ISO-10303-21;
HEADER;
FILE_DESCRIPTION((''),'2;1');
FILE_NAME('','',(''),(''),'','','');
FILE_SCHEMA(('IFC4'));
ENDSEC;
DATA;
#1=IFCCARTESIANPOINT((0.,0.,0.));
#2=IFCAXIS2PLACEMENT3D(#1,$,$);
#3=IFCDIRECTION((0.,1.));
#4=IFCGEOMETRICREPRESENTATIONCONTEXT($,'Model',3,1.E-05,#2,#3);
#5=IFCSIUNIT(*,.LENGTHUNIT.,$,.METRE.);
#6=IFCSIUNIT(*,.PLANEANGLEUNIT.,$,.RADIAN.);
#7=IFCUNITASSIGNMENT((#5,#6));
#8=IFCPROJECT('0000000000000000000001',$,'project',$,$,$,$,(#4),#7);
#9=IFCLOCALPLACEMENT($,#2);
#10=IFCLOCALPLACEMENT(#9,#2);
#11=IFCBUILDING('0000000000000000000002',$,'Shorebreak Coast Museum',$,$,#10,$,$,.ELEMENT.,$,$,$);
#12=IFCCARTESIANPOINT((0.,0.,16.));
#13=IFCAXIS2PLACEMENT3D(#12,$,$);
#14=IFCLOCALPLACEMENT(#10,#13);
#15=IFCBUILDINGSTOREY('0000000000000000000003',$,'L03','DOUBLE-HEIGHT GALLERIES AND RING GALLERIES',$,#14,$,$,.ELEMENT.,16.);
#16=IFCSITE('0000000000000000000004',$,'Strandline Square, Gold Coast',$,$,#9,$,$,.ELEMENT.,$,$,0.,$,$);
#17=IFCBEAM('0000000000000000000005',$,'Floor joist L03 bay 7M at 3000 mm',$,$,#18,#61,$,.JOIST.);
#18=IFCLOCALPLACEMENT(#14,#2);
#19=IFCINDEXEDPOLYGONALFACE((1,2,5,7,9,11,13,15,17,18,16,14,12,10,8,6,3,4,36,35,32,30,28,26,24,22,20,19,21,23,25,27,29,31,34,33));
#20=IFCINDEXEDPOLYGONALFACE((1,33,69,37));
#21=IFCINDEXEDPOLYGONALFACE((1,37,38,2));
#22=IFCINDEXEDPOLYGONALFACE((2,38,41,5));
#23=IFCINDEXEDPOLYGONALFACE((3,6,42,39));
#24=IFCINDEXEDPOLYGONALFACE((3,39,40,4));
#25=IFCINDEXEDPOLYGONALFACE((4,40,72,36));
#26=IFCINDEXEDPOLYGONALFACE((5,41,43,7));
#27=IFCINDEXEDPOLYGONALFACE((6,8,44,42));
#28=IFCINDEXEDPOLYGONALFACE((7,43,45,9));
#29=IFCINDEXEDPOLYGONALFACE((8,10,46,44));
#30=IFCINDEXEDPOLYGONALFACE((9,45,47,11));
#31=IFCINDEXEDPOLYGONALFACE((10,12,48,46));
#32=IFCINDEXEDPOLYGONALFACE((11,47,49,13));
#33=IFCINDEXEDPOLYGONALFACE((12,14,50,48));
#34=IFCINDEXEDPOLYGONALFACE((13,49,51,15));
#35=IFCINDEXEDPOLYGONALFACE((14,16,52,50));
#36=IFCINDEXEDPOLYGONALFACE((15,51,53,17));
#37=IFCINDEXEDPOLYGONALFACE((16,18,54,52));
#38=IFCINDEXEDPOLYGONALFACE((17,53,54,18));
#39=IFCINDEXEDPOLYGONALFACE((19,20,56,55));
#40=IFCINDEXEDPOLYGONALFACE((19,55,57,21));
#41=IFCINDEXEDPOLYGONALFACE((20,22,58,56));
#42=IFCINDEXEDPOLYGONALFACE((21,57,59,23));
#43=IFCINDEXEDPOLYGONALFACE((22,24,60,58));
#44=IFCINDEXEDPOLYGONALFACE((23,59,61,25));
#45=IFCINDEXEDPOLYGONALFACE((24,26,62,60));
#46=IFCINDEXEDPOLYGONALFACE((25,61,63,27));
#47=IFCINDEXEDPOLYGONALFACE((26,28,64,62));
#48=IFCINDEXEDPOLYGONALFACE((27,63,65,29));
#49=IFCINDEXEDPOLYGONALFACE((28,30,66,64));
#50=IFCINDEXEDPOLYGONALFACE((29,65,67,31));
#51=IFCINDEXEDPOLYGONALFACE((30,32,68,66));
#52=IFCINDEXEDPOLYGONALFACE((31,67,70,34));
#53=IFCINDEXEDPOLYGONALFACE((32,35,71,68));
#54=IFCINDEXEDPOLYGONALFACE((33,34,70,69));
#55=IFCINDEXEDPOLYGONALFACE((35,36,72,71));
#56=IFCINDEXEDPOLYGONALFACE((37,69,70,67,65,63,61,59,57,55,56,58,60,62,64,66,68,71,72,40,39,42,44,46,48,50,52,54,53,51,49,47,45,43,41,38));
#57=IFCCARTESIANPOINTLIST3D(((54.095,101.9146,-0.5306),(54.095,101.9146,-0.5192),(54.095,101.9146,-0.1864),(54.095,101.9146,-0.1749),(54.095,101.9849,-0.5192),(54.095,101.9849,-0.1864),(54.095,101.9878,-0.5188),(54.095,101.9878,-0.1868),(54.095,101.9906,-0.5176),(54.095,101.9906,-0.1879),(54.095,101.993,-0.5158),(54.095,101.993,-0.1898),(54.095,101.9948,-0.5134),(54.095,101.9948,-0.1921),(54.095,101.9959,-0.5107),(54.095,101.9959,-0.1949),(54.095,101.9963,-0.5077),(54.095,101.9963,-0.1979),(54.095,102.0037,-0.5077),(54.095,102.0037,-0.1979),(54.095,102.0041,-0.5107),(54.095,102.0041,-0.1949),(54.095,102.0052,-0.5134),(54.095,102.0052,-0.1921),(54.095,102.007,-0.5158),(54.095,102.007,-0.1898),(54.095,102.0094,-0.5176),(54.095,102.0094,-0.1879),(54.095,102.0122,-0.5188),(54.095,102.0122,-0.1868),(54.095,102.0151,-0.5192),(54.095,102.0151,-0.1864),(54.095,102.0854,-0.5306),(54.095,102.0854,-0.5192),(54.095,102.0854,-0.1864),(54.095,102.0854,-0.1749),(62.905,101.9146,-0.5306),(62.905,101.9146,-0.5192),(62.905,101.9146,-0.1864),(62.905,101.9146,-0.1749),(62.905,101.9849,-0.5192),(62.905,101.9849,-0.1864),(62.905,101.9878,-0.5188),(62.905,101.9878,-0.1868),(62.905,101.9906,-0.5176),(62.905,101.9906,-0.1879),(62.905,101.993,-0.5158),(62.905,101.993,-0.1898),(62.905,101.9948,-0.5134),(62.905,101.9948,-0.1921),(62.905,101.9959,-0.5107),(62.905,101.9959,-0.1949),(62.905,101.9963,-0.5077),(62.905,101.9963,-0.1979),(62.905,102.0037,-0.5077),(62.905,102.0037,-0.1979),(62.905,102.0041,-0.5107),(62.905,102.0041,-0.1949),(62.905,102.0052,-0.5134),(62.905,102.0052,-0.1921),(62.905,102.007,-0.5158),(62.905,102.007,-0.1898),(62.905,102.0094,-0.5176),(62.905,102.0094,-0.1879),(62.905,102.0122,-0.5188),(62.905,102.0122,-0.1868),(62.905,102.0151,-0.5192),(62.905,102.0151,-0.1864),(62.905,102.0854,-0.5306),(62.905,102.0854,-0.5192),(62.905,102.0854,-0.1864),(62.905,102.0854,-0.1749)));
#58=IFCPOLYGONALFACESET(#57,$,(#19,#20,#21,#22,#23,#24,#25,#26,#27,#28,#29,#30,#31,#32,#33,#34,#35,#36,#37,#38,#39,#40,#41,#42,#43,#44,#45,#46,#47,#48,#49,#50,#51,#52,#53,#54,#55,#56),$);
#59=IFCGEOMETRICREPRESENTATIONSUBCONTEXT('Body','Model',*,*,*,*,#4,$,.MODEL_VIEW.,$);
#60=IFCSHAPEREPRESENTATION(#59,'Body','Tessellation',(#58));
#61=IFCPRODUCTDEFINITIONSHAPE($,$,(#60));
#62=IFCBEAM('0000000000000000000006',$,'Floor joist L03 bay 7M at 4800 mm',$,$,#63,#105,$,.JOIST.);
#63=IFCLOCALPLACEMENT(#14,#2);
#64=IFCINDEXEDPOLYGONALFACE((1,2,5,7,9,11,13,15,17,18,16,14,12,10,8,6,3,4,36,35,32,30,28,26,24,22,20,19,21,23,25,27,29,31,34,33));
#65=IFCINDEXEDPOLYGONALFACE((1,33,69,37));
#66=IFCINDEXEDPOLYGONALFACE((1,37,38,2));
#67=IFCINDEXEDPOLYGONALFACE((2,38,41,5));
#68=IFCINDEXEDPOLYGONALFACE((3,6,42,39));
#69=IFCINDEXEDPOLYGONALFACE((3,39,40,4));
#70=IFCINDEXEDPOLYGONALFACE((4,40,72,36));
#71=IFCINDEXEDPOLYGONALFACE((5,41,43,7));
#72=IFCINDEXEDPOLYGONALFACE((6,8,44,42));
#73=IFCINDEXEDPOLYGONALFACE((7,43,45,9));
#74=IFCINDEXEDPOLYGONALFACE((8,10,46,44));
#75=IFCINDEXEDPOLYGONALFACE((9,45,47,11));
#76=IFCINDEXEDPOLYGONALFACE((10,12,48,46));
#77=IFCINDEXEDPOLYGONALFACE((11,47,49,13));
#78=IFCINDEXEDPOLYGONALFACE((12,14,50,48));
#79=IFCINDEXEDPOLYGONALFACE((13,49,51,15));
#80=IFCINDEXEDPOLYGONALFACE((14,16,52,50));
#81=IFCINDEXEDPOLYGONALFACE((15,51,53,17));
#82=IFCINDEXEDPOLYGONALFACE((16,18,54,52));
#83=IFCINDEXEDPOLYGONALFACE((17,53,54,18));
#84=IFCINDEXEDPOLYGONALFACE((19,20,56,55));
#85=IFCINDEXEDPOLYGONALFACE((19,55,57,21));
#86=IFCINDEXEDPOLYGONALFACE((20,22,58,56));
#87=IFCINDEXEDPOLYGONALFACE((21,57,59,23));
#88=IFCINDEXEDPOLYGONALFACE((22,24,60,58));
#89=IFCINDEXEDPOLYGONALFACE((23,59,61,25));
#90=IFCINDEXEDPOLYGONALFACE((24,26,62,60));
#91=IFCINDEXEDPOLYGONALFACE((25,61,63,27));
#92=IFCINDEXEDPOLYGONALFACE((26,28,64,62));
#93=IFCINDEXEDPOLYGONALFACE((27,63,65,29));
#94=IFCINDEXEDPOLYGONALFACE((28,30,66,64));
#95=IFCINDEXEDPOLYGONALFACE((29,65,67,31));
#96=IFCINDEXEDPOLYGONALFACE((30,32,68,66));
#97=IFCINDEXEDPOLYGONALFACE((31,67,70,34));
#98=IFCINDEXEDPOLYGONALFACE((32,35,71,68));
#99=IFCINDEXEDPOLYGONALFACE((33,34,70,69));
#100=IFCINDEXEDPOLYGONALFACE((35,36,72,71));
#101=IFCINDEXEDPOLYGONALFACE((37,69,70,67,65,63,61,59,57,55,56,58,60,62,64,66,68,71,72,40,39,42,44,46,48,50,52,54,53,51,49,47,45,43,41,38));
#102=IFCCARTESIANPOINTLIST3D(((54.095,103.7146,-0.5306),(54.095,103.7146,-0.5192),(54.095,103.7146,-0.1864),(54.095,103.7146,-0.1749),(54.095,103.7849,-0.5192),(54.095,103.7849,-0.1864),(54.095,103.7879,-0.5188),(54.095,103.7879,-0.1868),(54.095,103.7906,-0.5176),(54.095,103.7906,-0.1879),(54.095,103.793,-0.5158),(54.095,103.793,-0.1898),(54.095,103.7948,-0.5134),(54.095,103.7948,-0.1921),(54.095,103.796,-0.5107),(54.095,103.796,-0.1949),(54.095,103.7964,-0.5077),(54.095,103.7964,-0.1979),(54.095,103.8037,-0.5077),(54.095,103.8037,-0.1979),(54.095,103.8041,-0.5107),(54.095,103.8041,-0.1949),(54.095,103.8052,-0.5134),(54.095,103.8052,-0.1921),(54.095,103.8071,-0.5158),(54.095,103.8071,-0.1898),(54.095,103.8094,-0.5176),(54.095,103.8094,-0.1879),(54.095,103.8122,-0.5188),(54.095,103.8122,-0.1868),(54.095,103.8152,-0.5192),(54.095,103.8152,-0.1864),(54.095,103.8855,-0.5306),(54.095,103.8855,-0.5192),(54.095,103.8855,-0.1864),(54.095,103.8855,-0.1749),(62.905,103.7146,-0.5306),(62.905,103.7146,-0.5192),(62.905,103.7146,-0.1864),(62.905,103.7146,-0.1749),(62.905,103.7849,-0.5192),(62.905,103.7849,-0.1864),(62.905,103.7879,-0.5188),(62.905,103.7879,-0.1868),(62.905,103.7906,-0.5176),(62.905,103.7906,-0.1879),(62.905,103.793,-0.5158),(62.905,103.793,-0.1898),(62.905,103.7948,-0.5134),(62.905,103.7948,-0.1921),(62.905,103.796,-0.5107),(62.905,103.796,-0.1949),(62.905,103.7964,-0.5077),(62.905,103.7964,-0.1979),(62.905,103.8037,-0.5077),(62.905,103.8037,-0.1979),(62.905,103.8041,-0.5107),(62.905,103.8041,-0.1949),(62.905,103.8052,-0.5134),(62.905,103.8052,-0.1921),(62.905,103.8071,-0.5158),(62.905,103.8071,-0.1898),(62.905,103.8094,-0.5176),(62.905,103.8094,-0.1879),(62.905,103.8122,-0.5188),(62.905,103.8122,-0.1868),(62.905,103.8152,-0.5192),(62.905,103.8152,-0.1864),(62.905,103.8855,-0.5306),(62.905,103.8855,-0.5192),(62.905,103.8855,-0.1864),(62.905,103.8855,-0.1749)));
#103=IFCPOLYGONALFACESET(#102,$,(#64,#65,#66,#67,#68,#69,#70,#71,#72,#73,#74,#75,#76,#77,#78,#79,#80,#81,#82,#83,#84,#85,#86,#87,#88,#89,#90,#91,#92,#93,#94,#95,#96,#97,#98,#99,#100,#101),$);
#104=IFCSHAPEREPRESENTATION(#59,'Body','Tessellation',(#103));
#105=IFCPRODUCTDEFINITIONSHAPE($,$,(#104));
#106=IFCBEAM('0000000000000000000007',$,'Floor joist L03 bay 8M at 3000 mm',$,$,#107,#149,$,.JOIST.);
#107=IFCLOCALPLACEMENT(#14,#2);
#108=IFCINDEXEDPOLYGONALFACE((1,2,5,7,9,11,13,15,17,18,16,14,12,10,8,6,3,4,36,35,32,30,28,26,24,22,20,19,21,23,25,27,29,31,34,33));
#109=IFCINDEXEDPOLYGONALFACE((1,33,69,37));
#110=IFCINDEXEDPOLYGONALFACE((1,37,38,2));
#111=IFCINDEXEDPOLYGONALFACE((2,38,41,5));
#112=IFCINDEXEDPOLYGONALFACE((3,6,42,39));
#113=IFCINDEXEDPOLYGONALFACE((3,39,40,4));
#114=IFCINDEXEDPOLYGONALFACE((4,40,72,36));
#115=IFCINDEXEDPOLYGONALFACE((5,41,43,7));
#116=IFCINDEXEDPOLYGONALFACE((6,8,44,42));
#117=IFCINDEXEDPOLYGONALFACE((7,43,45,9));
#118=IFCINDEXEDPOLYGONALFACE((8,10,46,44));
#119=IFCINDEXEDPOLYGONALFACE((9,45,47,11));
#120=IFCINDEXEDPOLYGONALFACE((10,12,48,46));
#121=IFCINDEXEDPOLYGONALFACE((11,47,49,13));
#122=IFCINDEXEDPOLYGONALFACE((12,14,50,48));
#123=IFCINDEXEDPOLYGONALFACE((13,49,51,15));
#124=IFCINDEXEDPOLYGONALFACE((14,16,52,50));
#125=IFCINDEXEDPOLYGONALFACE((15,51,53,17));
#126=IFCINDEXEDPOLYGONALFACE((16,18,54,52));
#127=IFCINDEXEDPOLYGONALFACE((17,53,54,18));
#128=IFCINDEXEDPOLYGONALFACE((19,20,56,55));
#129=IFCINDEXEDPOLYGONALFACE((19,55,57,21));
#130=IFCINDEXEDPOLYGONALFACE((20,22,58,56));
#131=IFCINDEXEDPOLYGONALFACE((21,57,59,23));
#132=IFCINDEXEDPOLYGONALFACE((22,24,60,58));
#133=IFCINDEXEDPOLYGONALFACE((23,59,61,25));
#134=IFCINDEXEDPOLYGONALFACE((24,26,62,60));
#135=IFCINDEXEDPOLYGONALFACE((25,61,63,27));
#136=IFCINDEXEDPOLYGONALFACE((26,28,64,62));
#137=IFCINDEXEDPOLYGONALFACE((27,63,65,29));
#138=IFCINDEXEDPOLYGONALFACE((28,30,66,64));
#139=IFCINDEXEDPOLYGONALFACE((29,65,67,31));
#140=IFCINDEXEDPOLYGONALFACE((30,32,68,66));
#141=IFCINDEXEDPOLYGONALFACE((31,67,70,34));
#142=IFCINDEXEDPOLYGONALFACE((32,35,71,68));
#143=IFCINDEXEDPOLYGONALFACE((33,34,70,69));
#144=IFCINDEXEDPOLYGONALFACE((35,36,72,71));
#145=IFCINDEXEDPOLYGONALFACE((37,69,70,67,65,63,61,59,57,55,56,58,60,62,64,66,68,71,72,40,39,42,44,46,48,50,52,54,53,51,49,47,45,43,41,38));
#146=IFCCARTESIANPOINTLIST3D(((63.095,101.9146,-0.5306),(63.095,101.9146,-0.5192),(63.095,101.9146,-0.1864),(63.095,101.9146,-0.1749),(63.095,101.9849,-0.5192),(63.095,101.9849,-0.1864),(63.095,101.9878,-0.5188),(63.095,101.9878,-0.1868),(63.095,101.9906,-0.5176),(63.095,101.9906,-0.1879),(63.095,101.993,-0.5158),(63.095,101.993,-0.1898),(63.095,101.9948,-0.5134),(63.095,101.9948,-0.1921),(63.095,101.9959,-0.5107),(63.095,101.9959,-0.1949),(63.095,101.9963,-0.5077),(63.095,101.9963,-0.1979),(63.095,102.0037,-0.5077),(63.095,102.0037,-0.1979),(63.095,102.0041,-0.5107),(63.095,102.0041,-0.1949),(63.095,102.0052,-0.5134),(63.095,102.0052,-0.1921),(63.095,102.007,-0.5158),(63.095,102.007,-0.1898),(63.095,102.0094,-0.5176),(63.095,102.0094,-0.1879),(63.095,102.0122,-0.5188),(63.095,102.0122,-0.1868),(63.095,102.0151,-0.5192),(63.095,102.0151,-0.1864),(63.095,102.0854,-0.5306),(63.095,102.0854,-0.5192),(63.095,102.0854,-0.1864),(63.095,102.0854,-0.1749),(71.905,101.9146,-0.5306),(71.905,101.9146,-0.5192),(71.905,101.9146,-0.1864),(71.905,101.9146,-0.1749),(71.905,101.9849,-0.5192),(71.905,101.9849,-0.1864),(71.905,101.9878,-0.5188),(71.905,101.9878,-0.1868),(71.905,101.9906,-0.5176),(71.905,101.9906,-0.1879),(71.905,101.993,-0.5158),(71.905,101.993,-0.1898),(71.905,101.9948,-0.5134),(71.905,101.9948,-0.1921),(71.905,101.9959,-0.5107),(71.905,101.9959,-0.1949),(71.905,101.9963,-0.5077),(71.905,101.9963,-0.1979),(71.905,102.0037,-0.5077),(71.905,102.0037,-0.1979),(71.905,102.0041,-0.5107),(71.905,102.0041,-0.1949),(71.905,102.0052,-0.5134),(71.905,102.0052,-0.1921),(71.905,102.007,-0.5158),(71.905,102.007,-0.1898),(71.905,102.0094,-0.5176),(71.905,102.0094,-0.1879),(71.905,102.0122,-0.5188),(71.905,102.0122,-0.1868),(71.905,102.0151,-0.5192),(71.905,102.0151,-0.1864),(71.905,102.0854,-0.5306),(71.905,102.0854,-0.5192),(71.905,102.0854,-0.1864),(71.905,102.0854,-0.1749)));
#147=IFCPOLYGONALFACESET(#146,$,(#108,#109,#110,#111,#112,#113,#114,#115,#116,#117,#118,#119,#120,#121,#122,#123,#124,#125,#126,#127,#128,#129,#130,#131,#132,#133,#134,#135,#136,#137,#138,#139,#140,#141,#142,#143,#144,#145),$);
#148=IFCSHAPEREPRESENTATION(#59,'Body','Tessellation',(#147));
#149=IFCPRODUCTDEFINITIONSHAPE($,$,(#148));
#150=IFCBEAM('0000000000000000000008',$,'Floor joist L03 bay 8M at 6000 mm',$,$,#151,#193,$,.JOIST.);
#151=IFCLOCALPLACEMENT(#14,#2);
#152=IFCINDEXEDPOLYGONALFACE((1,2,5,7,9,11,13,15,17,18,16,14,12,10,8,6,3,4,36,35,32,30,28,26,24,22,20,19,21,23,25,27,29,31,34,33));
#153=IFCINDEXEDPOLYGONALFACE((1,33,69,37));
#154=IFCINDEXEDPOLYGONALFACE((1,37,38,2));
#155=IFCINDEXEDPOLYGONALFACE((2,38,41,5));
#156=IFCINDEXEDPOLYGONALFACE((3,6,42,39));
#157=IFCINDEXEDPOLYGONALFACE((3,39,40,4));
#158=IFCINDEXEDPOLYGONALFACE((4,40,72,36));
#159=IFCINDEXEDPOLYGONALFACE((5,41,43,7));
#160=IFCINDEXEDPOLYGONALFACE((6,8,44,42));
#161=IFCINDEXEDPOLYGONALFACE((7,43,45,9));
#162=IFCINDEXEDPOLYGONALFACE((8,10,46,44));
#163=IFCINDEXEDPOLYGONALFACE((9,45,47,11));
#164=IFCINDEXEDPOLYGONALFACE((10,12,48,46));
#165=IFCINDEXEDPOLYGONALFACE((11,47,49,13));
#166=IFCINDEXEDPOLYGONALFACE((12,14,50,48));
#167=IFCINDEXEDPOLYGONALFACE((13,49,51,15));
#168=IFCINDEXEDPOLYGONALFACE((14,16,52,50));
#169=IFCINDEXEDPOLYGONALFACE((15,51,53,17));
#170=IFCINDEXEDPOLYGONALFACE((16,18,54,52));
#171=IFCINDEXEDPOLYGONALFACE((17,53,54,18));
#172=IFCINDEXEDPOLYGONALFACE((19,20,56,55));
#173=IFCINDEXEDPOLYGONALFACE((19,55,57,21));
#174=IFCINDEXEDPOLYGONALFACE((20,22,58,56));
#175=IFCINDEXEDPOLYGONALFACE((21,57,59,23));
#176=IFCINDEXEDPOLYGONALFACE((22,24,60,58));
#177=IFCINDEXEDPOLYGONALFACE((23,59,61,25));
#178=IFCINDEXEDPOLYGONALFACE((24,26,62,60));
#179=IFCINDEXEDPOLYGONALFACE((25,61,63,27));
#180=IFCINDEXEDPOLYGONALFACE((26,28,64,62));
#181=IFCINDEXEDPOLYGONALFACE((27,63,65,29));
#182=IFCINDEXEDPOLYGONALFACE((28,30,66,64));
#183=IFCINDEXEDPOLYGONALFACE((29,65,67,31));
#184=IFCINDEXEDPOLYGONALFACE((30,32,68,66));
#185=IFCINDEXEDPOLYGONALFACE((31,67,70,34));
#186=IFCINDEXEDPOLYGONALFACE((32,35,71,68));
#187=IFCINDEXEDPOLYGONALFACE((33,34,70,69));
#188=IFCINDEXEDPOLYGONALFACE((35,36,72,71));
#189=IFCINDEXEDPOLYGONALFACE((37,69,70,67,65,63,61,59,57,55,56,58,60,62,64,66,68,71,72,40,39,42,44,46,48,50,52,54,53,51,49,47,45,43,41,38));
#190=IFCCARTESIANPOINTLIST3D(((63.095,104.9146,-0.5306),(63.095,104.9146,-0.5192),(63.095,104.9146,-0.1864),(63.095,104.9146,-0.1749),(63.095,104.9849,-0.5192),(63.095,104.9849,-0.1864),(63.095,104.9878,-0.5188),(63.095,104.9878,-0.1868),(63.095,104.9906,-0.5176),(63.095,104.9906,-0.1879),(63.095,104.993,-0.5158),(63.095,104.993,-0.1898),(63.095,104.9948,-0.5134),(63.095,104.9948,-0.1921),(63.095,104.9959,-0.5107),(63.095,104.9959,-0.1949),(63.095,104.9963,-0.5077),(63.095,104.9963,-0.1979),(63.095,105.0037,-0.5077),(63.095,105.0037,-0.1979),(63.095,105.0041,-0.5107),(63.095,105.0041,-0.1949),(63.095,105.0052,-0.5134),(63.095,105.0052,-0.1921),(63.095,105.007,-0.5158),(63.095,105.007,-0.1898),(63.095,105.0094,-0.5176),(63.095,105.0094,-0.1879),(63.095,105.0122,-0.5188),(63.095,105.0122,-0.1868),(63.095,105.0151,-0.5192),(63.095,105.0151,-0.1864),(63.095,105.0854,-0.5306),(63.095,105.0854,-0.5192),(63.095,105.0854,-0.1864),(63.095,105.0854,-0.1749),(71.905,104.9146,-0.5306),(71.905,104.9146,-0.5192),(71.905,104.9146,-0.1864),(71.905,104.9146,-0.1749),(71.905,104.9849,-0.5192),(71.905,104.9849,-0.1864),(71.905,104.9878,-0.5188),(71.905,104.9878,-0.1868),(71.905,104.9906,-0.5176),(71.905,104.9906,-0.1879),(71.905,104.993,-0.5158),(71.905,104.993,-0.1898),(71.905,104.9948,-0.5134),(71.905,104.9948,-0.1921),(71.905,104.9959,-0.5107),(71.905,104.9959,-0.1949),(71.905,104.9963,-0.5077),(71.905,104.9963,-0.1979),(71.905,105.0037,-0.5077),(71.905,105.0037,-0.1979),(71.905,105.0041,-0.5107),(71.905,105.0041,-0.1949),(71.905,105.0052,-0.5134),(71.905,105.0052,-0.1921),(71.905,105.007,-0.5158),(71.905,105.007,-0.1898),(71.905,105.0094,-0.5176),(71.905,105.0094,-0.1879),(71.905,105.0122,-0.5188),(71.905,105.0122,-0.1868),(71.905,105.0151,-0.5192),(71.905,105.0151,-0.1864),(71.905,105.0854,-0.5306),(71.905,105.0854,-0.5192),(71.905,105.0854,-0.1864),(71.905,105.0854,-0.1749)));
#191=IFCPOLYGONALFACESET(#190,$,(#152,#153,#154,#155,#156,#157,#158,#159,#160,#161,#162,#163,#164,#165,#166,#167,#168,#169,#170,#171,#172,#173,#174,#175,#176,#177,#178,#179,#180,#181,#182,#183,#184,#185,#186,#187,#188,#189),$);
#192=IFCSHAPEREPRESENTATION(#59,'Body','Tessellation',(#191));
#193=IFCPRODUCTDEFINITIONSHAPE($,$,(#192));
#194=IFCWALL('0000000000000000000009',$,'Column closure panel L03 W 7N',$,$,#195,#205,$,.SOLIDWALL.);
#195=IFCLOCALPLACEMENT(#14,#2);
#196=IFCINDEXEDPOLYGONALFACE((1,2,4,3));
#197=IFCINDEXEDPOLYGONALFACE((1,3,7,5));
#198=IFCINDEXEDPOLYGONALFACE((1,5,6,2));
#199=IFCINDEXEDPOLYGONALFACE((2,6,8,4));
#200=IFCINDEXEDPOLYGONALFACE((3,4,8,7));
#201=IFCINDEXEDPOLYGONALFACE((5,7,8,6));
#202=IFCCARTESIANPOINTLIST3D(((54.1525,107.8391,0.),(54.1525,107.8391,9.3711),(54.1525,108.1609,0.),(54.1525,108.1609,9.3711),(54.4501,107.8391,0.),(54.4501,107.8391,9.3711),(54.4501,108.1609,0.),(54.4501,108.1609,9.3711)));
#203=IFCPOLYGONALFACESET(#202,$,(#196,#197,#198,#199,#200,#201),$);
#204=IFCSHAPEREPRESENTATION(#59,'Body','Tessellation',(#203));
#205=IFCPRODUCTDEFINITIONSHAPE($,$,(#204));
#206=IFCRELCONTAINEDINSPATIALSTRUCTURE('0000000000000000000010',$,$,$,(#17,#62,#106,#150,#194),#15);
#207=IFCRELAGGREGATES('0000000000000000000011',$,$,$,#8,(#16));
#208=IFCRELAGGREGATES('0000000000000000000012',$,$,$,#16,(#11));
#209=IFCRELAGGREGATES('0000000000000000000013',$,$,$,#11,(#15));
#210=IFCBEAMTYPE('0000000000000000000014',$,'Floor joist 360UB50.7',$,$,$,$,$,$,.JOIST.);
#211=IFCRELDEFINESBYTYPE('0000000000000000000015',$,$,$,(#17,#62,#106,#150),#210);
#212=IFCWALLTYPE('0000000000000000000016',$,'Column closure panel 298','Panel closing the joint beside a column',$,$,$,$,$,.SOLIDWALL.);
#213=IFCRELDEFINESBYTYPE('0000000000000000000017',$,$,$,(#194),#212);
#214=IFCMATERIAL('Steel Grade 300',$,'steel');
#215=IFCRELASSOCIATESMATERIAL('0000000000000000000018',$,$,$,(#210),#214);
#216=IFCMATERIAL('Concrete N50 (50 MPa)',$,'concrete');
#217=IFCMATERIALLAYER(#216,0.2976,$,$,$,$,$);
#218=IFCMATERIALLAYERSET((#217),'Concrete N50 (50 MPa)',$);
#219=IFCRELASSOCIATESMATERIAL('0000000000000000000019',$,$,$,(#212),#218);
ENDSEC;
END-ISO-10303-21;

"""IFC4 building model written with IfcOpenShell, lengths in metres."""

from ifc_helpers import new_model, si_unit, direction, frame, frame_2d, origin, origin_2d, place, context, subcontext, project, spatial, rectangle, i_section, extrude, material, layer, layer_set, material_profile, profile_set, type_object, element, save


model = new_model("IFC4")

# Units and contexts
model_context = context("Model", 3, precision=1e-05, world=origin(), true_north=direction((0.0, 1.0)))
body_context = subcontext(model_context, "Body", "Model", "MODEL_VIEW")
ifc_project = project(units=[si_unit("LENGTHUNIT", "METRE"), si_unit("PLANEANGLEUNIT", "RADIAN")], contexts=[model_context])

# Site, building, storey
site_placement = place(None, origin())
site = spatial("IfcSite", under=ifc_project, at=site_placement, Name="Strandline Square, Gold Coast", CompositionType="ELEMENT", RefElevation=0.0)
building_placement = place(site_placement, origin())
building = spatial("IfcBuilding", under=site, at=building_placement, Name="Shorebreak Coast Museum", CompositionType="ELEMENT")
storey_placement = place(building_placement, frame((0.0, 0.0, 16.0)))
storey = spatial("IfcBuildingStorey", under=building, at=storey_placement, Name="L03", Description="DOUBLE-HEIGHT GALLERIES AND RING GALLERIES", CompositionType="ELEMENT", Elevation=16.0)

# Beams
ifc_material_1 = material(Name="Steel Grade 300", Category="steel")
ifc_material_profile_1 = material_profile(ifc_material_1, i_section(OverallWidth=0.1709, OverallDepth=0.3557, WebThickness=0.0073, FlangeThickness=0.0115, FilletRadius=0.0115, at=origin_2d()), Name="360UB50.7")
ifc_profile_set_1 = profile_set([ifc_material_profile_1], Name="Steel Grade 300")
beam_type_1 = type_object("IfcBeamType", Name="Floor joist 360UB50.7", PredefinedType="JOIST", material=ifc_profile_set_1)
for number, where, z_axis, x_axis, name in (
    (1, (54.095, 102.0, -0.3528), (1.0, 0.0, 0.0), (0.0, 1.0, 0.0), "Floor joist L03 bay 7M at 3000 mm"),
    (2, (54.095, 103.8, -0.3528), (1.0, 0.0, 0.0), (0.0, 1.0, 0.0), "Floor joist L03 bay 7M at 4800 mm"),
    (3, (63.095, 102.0, -0.3528), (1.0, 0.0, 0.0), (0.0, 1.0, 0.0), "Floor joist L03 bay 8M at 3000 mm"),
    (4, (63.095, 105.0, -0.3528), (1.0, 0.0, 0.0), (0.0, 1.0, 0.0), "Floor joist L03 bay 8M at 6000 mm"),
):
    element("IfcBeam", number, at=place(storey_placement, frame(where, z_axis=z_axis, x_axis=x_axis)), inside=storey, type_object=beam_type_1, Name=name, PredefinedType="JOIST", context=body_context, shape_type="SweptSolid", body=[
        extrude(i_section(OverallWidth=0.1709, OverallDepth=0.3557, WebThickness=0.0073, FlangeThickness=0.0115, FilletRadius=0.0115, at=origin_2d()), origin(), (0.0, 0.0, 1.0), 8.8101),
    ])

# Wall
ifc_material_2 = material(Name="Concrete N50 (50 MPa)", Category="concrete")
ifc_layer_1 = layer(ifc_material_2, 0.2976)
ifc_layer_set_1 = layer_set([ifc_layer_1], Name="Concrete N50 (50 MPa)")
wall_type_1 = type_object("IfcWallType", Name="Column closure panel 298", Description="Panel closing the joint beside a column", PredefinedType="SOLIDWALL", material=ifc_layer_set_1)
wall_1_placement = place(storey_placement, frame((54.3013, 107.8391, 0.0), z_axis=(0.0, 0.0, 1.0), x_axis=(0.0, 1.0, 0.0)))
element("IfcWall", 5, at=wall_1_placement, inside=storey, type_object=wall_type_1, Name="Column closure panel L03 W 7N", PredefinedType="SOLIDWALL", context=body_context, shape_type="SweptSolid", body=[
    extrude(rectangle(XDim=0.3218, YDim=0.2976, at=frame_2d((0.1609, 0.0))), origin(), (0.0, 0.0, 1.0), 9.3711),
])

save(model, "model.ifc")
